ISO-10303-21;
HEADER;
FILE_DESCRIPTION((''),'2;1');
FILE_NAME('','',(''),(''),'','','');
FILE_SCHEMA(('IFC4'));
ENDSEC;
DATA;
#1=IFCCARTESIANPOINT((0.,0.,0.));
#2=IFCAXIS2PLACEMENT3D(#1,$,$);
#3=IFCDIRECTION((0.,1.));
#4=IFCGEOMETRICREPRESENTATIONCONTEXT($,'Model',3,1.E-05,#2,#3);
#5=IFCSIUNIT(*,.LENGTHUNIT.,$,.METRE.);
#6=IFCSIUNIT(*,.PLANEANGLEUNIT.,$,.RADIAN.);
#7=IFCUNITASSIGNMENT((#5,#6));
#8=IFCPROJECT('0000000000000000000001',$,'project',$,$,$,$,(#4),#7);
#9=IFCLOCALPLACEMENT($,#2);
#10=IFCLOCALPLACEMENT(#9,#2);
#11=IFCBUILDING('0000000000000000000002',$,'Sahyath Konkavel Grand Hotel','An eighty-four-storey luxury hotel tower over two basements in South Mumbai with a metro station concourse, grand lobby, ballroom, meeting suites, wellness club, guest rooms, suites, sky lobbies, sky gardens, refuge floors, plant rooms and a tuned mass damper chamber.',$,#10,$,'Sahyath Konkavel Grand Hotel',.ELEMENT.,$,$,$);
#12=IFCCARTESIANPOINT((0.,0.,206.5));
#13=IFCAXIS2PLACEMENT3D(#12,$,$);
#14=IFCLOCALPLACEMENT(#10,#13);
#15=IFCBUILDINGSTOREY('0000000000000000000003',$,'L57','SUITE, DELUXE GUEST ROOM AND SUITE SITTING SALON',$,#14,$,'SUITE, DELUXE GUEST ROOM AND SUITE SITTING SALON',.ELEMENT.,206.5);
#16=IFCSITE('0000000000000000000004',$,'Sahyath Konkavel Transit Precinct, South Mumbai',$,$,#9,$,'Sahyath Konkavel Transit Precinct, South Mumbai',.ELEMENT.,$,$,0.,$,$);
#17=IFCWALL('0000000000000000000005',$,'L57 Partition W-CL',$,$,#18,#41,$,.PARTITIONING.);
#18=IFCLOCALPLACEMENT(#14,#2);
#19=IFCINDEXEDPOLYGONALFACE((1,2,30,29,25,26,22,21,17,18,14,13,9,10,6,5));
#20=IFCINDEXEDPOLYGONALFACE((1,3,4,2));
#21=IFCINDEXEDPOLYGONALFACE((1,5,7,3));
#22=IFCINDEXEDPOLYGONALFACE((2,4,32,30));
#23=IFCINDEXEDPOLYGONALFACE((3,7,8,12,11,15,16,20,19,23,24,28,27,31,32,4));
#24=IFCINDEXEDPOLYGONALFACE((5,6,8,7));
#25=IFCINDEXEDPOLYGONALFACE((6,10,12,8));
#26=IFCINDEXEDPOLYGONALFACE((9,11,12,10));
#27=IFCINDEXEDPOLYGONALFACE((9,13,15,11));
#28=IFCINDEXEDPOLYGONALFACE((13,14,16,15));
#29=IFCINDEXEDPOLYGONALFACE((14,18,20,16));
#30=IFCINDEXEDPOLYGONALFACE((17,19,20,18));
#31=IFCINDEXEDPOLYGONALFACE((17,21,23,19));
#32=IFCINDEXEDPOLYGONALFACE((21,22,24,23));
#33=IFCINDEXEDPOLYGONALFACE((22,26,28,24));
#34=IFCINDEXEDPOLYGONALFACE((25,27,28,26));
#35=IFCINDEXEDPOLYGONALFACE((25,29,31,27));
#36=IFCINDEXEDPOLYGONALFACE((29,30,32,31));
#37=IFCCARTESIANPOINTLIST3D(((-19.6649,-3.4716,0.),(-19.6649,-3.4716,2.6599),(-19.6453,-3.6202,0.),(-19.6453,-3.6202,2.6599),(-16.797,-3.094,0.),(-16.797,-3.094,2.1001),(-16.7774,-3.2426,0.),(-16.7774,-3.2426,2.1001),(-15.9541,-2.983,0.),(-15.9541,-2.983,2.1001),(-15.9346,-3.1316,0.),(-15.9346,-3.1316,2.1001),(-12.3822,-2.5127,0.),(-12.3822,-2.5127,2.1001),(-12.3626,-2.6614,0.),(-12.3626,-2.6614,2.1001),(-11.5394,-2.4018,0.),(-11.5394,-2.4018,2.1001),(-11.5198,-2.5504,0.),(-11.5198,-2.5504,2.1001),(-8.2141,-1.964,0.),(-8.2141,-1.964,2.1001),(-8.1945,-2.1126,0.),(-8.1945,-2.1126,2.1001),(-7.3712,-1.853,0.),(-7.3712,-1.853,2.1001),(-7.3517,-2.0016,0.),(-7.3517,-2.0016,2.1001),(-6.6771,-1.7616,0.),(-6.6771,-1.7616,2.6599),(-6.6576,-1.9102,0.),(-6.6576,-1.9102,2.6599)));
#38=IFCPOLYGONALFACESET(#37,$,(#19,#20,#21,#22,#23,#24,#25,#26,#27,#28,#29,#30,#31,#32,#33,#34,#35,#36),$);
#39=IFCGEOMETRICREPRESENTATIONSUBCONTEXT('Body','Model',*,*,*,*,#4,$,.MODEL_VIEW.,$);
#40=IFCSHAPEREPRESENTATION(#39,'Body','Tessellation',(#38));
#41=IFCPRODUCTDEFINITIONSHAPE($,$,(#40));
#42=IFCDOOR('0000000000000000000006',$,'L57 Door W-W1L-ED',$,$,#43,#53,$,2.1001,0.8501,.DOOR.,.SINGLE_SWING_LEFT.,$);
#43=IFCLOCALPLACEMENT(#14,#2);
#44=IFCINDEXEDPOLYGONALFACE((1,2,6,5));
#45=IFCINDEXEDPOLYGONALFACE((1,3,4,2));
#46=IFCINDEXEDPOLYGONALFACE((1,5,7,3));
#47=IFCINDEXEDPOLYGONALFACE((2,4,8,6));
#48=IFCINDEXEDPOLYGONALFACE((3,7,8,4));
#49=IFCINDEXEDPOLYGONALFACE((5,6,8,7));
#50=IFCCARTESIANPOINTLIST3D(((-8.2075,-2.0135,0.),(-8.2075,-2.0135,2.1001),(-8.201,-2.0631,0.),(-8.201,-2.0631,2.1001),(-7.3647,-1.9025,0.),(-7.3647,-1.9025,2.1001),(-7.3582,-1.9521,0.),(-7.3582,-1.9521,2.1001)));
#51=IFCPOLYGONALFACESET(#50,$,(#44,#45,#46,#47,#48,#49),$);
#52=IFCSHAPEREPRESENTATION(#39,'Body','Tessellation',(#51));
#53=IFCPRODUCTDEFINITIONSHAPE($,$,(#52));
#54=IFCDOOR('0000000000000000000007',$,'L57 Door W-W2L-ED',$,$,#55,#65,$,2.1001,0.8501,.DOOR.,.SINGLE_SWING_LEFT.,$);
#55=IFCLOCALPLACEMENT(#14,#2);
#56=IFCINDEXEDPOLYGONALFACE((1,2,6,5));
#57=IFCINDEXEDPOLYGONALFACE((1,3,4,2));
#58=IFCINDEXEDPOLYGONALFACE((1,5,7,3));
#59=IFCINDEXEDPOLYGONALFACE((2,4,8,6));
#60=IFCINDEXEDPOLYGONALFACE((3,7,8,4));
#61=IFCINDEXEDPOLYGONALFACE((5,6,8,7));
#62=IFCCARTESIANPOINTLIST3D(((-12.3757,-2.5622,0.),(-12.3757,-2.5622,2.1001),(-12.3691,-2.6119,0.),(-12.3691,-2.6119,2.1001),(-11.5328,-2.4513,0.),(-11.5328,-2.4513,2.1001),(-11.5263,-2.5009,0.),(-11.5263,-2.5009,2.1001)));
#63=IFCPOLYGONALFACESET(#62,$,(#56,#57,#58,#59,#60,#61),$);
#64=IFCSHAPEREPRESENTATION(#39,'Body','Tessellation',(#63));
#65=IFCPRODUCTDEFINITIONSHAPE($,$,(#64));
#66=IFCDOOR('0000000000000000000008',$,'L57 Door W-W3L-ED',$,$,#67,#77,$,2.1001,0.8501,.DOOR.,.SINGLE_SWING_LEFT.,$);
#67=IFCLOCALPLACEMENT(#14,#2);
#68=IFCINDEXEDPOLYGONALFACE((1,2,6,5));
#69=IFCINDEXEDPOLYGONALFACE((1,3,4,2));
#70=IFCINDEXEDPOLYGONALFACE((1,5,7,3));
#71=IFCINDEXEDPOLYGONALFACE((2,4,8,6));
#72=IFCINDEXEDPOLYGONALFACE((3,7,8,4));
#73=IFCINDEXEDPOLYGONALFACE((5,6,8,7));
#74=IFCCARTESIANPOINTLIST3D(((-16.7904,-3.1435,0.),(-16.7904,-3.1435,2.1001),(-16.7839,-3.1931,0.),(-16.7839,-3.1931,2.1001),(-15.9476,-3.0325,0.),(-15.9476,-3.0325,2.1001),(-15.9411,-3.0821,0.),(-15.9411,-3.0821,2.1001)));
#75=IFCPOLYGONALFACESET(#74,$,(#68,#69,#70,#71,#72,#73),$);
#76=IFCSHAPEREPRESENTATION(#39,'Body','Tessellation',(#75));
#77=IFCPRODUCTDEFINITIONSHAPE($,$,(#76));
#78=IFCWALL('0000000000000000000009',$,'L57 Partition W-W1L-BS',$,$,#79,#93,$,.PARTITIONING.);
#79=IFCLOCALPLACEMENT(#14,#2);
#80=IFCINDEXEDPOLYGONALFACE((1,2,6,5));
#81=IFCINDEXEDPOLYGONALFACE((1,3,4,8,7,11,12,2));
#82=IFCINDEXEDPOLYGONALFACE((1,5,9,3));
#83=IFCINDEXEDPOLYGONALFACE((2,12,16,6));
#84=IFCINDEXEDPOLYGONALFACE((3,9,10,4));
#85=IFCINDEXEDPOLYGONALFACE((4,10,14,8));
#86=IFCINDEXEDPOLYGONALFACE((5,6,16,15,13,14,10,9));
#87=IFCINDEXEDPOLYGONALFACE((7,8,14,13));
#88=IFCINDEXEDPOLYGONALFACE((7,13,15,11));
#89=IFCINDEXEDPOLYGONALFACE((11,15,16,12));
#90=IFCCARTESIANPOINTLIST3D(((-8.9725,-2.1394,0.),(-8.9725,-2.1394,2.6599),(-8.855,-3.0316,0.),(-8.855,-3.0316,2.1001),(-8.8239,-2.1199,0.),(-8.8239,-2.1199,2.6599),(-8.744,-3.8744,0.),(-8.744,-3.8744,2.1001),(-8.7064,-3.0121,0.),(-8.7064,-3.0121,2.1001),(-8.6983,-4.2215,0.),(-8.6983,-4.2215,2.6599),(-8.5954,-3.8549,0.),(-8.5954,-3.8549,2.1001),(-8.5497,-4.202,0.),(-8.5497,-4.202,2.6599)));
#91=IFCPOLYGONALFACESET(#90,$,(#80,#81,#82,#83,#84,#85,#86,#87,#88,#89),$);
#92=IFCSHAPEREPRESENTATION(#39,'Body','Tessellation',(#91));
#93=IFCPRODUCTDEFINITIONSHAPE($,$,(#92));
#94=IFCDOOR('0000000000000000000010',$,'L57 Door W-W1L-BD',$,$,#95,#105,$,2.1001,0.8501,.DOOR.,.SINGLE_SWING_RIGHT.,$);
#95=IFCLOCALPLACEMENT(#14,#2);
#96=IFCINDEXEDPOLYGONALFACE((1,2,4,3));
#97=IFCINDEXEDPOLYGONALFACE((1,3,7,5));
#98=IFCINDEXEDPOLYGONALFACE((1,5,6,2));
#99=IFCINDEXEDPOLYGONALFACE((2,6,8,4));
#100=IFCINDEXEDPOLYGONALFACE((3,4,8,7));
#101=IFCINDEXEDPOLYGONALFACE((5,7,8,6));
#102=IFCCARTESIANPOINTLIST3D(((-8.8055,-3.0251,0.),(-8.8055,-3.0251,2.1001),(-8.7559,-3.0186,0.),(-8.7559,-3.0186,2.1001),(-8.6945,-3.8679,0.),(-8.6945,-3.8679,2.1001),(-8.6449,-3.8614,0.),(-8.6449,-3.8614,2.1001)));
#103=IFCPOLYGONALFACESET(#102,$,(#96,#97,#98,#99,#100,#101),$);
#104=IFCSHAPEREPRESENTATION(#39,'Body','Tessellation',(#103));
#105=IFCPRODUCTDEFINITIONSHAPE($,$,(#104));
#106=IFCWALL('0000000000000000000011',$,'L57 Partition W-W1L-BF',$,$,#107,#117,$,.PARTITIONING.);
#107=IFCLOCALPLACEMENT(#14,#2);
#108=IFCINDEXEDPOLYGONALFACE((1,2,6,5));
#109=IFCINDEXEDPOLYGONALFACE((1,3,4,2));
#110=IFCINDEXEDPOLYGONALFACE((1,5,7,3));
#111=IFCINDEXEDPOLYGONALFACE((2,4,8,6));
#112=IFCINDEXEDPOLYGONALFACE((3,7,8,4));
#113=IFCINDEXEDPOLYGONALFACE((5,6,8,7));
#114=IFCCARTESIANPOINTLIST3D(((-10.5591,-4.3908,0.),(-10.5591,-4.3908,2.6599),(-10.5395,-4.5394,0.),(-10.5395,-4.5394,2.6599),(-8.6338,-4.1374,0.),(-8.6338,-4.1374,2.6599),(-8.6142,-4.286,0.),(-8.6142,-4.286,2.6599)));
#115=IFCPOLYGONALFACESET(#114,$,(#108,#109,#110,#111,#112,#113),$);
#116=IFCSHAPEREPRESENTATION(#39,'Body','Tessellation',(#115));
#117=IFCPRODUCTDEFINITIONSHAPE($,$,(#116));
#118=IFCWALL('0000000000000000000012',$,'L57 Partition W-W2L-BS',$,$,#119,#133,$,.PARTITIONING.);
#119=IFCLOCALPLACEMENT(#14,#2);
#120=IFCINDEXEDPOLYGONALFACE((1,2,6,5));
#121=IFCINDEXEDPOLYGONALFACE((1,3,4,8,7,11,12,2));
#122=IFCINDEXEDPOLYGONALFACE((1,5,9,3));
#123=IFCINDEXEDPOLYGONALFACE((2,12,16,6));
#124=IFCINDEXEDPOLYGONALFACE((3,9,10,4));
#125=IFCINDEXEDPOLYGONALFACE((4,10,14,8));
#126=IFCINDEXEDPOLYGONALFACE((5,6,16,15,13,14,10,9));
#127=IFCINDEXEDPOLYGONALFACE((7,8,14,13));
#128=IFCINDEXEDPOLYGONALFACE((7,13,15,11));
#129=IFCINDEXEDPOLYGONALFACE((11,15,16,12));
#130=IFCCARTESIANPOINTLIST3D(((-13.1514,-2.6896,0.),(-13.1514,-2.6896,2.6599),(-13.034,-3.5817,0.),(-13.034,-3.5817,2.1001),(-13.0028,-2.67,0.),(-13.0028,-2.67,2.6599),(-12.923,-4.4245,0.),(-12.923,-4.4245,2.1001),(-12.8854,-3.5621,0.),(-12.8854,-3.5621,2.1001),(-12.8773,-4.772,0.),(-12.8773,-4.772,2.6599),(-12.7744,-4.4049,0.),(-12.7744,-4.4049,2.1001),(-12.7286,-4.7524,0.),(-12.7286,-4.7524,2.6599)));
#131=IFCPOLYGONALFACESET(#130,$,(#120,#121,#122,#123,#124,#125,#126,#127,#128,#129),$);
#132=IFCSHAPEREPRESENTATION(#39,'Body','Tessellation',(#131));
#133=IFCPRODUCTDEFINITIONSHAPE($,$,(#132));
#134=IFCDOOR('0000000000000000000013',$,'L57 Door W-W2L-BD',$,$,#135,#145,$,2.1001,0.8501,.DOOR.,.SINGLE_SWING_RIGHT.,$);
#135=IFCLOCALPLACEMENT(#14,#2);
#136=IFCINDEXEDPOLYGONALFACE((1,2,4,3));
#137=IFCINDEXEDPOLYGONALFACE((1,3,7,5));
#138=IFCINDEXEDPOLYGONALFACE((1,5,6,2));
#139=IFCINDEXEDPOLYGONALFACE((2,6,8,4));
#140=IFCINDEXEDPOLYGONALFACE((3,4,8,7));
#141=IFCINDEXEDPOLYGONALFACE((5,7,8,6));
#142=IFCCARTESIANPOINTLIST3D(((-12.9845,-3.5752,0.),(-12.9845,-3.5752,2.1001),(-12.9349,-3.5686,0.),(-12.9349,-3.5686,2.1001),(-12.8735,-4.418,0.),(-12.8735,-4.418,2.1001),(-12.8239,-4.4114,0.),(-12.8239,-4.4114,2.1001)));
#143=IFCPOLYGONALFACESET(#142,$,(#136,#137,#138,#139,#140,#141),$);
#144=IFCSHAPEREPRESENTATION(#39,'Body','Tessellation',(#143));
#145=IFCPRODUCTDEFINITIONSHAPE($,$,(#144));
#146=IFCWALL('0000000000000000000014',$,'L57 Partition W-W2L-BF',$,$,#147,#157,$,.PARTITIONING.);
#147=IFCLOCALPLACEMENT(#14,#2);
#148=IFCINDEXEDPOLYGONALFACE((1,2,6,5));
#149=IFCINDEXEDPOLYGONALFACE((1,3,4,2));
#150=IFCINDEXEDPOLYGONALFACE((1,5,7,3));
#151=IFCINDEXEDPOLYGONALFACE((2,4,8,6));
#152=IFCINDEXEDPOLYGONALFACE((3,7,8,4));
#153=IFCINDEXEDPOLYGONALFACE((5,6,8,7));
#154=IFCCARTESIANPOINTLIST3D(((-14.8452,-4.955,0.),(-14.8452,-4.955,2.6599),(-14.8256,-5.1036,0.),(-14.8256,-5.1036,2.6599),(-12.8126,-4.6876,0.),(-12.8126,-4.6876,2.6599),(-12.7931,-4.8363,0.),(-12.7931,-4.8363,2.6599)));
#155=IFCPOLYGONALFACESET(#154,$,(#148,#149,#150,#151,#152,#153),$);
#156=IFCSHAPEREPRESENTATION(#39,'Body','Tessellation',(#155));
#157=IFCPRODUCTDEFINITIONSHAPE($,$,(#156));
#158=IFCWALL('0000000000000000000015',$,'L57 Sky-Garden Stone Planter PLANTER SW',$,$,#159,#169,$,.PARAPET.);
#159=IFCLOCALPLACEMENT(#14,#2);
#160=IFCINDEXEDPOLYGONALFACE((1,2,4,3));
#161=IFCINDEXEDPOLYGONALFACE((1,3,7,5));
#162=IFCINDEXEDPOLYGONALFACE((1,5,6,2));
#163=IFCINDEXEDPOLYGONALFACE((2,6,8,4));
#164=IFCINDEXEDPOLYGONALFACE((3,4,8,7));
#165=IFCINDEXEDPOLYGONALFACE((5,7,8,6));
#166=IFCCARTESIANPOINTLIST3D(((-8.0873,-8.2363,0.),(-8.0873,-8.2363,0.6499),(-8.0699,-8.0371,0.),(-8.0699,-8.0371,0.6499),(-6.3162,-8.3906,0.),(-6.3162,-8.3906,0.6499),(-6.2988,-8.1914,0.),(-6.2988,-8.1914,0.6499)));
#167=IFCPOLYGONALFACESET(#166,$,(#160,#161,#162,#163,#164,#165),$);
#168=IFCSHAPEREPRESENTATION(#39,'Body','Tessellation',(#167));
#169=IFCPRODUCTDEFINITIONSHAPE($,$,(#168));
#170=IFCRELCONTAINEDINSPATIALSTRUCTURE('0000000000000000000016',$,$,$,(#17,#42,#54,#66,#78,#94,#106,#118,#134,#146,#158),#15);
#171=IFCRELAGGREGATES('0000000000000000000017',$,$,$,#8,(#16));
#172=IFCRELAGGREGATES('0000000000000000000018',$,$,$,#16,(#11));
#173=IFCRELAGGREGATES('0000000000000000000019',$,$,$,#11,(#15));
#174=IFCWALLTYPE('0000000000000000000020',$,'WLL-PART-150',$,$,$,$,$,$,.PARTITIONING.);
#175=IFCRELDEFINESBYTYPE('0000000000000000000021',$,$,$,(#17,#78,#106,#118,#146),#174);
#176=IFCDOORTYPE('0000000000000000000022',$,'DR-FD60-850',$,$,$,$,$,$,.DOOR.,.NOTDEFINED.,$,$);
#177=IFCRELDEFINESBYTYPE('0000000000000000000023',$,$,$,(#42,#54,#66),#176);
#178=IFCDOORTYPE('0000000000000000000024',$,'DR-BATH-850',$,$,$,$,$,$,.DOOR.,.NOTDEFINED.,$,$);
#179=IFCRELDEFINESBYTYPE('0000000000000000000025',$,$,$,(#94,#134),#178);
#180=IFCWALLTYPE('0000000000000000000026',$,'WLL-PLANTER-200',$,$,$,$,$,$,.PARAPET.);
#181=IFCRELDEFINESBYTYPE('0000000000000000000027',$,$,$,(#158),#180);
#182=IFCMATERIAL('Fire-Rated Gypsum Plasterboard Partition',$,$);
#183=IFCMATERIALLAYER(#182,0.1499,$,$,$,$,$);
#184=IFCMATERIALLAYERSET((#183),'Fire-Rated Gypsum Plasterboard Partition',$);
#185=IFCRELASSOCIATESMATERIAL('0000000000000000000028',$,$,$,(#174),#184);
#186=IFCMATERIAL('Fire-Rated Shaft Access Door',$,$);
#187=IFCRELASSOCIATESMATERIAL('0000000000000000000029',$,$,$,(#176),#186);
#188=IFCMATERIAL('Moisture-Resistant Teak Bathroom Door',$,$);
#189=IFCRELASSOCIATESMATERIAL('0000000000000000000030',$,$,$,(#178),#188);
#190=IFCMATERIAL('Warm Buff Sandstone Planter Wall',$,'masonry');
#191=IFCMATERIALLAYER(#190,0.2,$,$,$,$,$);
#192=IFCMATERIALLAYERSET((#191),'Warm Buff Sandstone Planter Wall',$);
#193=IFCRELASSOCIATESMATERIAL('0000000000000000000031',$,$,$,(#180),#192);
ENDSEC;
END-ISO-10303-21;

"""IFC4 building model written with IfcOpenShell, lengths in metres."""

from ifc_helpers import new_model, si_unit, direction, frame, frame_2d, origin, origin_2d, place, context, subcontext, project, spatial, rectangle, extrude, source, transform, mapped, material, layer, layer_set, type_object, element, fill, save


model = new_model("IFC4")

# Units and contexts
model_context = context("Model", 3, precision=1e-05, world=origin(), true_north=direction((0.0, 1.0)))
body_context = subcontext(model_context, "Body", "Model", "MODEL_VIEW")
ifc_project = project(units=[si_unit("LENGTHUNIT", "METRE"), si_unit("PLANEANGLEUNIT", "RADIAN")], contexts=[model_context])

# Site, building, storey
site_placement = place(None, origin())
site = spatial("IfcSite", under=ifc_project, at=site_placement, Name="Sahyath Konkavel Transit Precinct, South Mumbai", LongName="Sahyath Konkavel Transit Precinct, South Mumbai", CompositionType="ELEMENT", RefElevation=0.0)
building_placement = place(site_placement, origin())
building = spatial("IfcBuilding", under=site, at=building_placement, Name="Sahyath Konkavel Grand Hotel", Description="An eighty-four-storey luxury hotel tower over two basements in South Mumbai with a metro station concourse, grand lobby, ballroom, meeting suites, wellness club, guest rooms, suites, sky lobbies, sky gardens, refuge floors, plant rooms and a tuned mass damper chamber.", LongName="Sahyath Konkavel Grand Hotel", CompositionType="ELEMENT")
storey_placement = place(building_placement, frame((0.0, 0.0, 206.5)))
storey = spatial("IfcBuildingStorey", under=building, at=storey_placement, Name="L57", Description="SUITE, DELUXE GUEST ROOM AND SUITE SITTING SALON", LongName="SUITE, DELUXE GUEST ROOM AND SUITE SITTING SALON", CompositionType="ELEMENT", Elevation=206.5)

# Wall, openings, doors
ifc_material_1 = material(Name="Fire-Rated Gypsum Plasterboard Partition")
ifc_layer_1 = layer(ifc_material_1, 0.1499)
ifc_layer_set_1 = layer_set([ifc_layer_1], Name="Fire-Rated Gypsum Plasterboard Partition")
wall_type_1 = type_object("IfcWallType", Name="WLL-PART-150", PredefinedType="PARTITIONING", material=ifc_layer_set_1)
wall_1_placement = place(storey_placement, frame((-6.6675, -1.8359, 0.0), z_axis=(0.0, 0.0, 1.0), x_axis=(-0.991444, -0.130533, 0.0)))
wall_1 = element("IfcWall", 1, at=wall_1_placement, inside=storey, type_object=wall_type_1, Name="L57 Partition W-CL", PredefinedType="PARTITIONING", context=body_context, shape_type="SweptSolid", body=[
    extrude(rectangle(XDim=13.0999, YDim=0.1499, at=frame_2d((6.5498, 0.0))), origin(), (0.0, 0.0, 1.0), 2.6599),
])
opening_1_placement = place(wall_1_placement, frame((0.7, 0.0, 0.0)))
opening_1 = element("IfcOpeningElement", 2, at=opening_1_placement, cuts=wall_1, PredefinedType="OPENING", context=body_context, shape_type="SweptSolid", body=[
    extrude(rectangle(XDim=0.8501, YDim=2.1001, at=frame_2d((0.425, 1.05))), frame((0.0, 0.085, 0.0), z_axis=(0.0, -1.0, 0.0), x_axis=(1.0, 0.0, 0.0)), (0.0, 0.0, 1.0), 0.1699),
])
opening_2_placement = place(wall_1_placement, frame((4.9041, 0.0, 0.0)))
opening_2 = element("IfcOpeningElement", 3, at=opening_2_placement, cuts=wall_1, PredefinedType="OPENING", context=body_context, shape_type="SweptSolid", body=[
    extrude(rectangle(XDim=0.8501, YDim=2.1001, at=frame_2d((0.425, 1.05))), frame((0.0, 0.085, 0.0), z_axis=(0.0, -1.0, 0.0), x_axis=(1.0, 0.0, 0.0)), (0.0, 0.0, 1.0), 0.1699),
])
opening_3_placement = place(wall_1_placement, frame((9.3569, 0.0, 0.0)))
opening_3 = element("IfcOpeningElement", 4, at=opening_3_placement, cuts=wall_1, PredefinedType="OPENING", context=body_context, shape_type="SweptSolid", body=[
    extrude(rectangle(XDim=0.8501, YDim=2.1001, at=frame_2d((0.425, 1.05))), frame((0.0, 0.085, 0.0), z_axis=(0.0, -1.0, 0.0), x_axis=(1.0, 0.0, 0.0)), (0.0, 0.0, 1.0), 0.1699),
])
ifc_material_2 = material(Name="Fire-Rated Shaft Access Door")
door_type_1 = type_object("IfcDoorType", Name="DR-FD60-850", OperationType="NOTDEFINED", PredefinedType="DOOR", material=ifc_material_2)
shared_shape_1 = source(origin(), body_context, "Body", "SweptSolid", [
    extrude(rectangle(XDim=0.8501, YDim=0.05, at=origin_2d()), origin(), (0.0, 0.0, 1.0), 2.1001),
])
door_1_placement = place(opening_1_placement, frame((0.425, 0.0, 0.0)))
door_1 = element("IfcDoor", 5, at=door_1_placement, inside=storey, type_object=door_type_1, Name="L57 Door W-W1L-ED", OperationType="SINGLE_SWING_LEFT", OverallHeight=2.1001, OverallWidth=0.8501, PredefinedType="DOOR", context=body_context, shape_type="MappedRepresentation", body=[
    mapped(shared_shape_1, transform((0.0, 0.0, 0.0), scale=1.0)),
])
fill(opening_1, door_1)
door_2_placement = place(opening_2_placement, frame((0.425, 0.0, 0.0)))
door_2 = element("IfcDoor", 6, at=door_2_placement, inside=storey, type_object=door_type_1, Name="L57 Door W-W2L-ED", OperationType="SINGLE_SWING_LEFT", OverallHeight=2.1001, OverallWidth=0.8501, PredefinedType="DOOR", context=body_context, shape_type="MappedRepresentation", body=[
    mapped(shared_shape_1, transform((0.0, 0.0, 0.0), scale=1.0)),
])
fill(opening_2, door_2)
door_3_placement = place(opening_3_placement, frame((0.425, 0.0, 0.0)))
door_3 = element("IfcDoor", 7, at=door_3_placement, inside=storey, type_object=door_type_1, Name="L57 Door W-W3L-ED", OperationType="SINGLE_SWING_LEFT", OverallHeight=2.1001, OverallWidth=0.8501, PredefinedType="DOOR", context=body_context, shape_type="MappedRepresentation", body=[
    mapped(shared_shape_1, transform((0.0, 0.0, 0.0), scale=1.0)),
])
fill(opening_3, door_3)

# Wall, opening, door
wall_2_placement = place(storey_placement, frame((-8.8982, -2.1296, 0.0), z_axis=(0.0, 0.0, 1.0), x_axis=(0.130557, -0.991441, 0.0)))
wall_2 = element("IfcWall", 8, at=wall_2_placement, inside=storey, type_object=wall_type_1, Name="L57 Partition W-W1L-BS", PredefinedType="PARTITIONING", context=body_context, shape_type="SweptSolid", body=[
    extrude(rectangle(XDim=2.1001, YDim=0.1499, at=frame_2d((1.05, 0.0))), origin(), (0.0, 0.0, 1.0), 2.6599),
])
opening_4_placement = place(wall_2_placement, frame((0.8999, 0.0, 0.0)))
opening_4 = element("IfcOpeningElement", 9, at=opening_4_placement, cuts=wall_2, PredefinedType="OPENING", context=body_context, shape_type="SweptSolid", body=[
    extrude(rectangle(XDim=0.8501, YDim=2.1001, at=frame_2d((0.425, 1.05))), frame((0.0, 0.085, 0.0), z_axis=(0.0, -1.0, 0.0), x_axis=(1.0, 0.0, 0.0)), (0.0, 0.0, 1.0), 0.1699),
])
ifc_material_3 = material(Name="Moisture-Resistant Teak Bathroom Door")
door_type_2 = type_object("IfcDoorType", Name="DR-BATH-850", OperationType="NOTDEFINED", PredefinedType="DOOR", material=ifc_material_3)
door_4_placement = place(opening_4_placement, frame((0.425, 0.0, 0.0)))
door_4 = element("IfcDoor", 10, at=door_4_placement, inside=storey, type_object=door_type_2, Name="L57 Door W-W1L-BD", OperationType="SINGLE_SWING_RIGHT", OverallHeight=2.1001, OverallWidth=0.8501, PredefinedType="DOOR", context=body_context, shape_type="MappedRepresentation", body=[
    mapped(shared_shape_1, transform((0.0, 0.0, 0.0), scale=1.0)),
])
fill(opening_4, door_4)

# Wall
wall_3_placement = place(storey_placement, frame((-8.624, -4.2117, 0.0), z_axis=(0.0, 0.0, 1.0), x_axis=(-0.991448, -0.1305, 0.0)))
element("IfcWall", 11, at=wall_3_placement, inside=storey, type_object=wall_type_1, Name="L57 Partition W-W1L-BF", PredefinedType="PARTITIONING", context=body_context, shape_type="SweptSolid", body=[
    extrude(rectangle(XDim=1.9419, YDim=0.1499, at=frame_2d((0.9709, 0.0))), origin(), (0.0, 0.0, 1.0), 2.6599),
])

# Wall, opening, door
wall_4_placement = place(storey_placement, frame((-13.0771, -2.6797, 0.0), z_axis=(0.0, 0.0, 1.0), x_axis=(0.130542, -0.991443, 0.0)))
wall_4 = element("IfcWall", 12, at=wall_4_placement, inside=storey, type_object=wall_type_1, Name="L57 Partition W-W2L-BS", PredefinedType="PARTITIONING", context=body_context, shape_type="SweptSolid", body=[
    extrude(rectangle(XDim=2.1003, YDim=0.1499, at=frame_2d((1.0503, 0.0))), origin(), (0.0, 0.0, 1.0), 2.6599),
])
opening_5_placement = place(wall_4_placement, frame((0.8999, 0.0, 0.0)))
opening_5 = element("IfcOpeningElement", 13, at=opening_5_placement, cuts=wall_4, PredefinedType="OPENING", context=body_context, shape_type="SweptSolid", body=[
    extrude(rectangle(XDim=0.8501, YDim=2.1001, at=frame_2d((0.425, 1.05))), frame((0.0, 0.085, 0.0), z_axis=(0.0, -1.0, 0.0), x_axis=(1.0, 0.0, 0.0)), (0.0, 0.0, 1.0), 0.1699),
])
door_5_placement = place(opening_5_placement, frame((0.425, 0.0, 0.0)))
door_5 = element("IfcDoor", 14, at=door_5_placement, inside=storey, type_object=door_type_2, Name="L57 Door W-W2L-BD", OperationType="SINGLE_SWING_RIGHT", OverallHeight=2.1001, OverallWidth=0.8501, PredefinedType="DOOR", context=body_context, shape_type="MappedRepresentation", body=[
    mapped(shared_shape_1, transform((0.0, 0.0, 0.0), scale=1.0)),
])
fill(opening_5, door_5)

# Walls
wall_5_placement = place(storey_placement, frame((-12.803, -4.762, 0.0), z_axis=(0.0, 0.0, 1.0), x_axis=(-0.99146, -0.130408, 0.0)))
element("IfcWall", 15, at=wall_5_placement, inside=storey, type_object=wall_type_1, Name="L57 Partition W-W2L-BF", PredefinedType="PARTITIONING", context=body_context, shape_type="SweptSolid", body=[
    extrude(rectangle(XDim=2.05, YDim=0.1499, at=frame_2d((1.0249, 0.0))), origin(), (0.0, 0.0, 1.0), 2.6599),
])
ifc_material_4 = material(Name="Warm Buff Sandstone Planter Wall", Category="masonry")
ifc_layer_2 = layer(ifc_material_4, 0.2)
ifc_layer_set_2 = layer_set([ifc_layer_2], Name="Warm Buff Sandstone Planter Wall")
wall_type_2 = type_object("IfcWallType", Name="WLL-PLANTER-200", PredefinedType="PARAPET", material=ifc_layer_set_2)
wall_6_placement = place(storey_placement, frame((-8.0786, -8.1367, 0.0), z_axis=(0.0, 0.0, 1.0), x_axis=(0.996227, -0.086784, 0.0)))
element("IfcWall", 16, at=wall_6_placement, inside=storey, type_object=wall_type_2, Name="L57 Sky-Garden Stone Planter PLANTER SW", PredefinedType="PARAPET", context=body_context, shape_type="SweptSolid", body=[
    extrude(rectangle(XDim=1.7778, YDim=0.2, at=frame_2d((0.8889, 0.0))), origin(), (0.0, 0.0, 1.0), 0.6499),
])

save(model, "model.ifc")
